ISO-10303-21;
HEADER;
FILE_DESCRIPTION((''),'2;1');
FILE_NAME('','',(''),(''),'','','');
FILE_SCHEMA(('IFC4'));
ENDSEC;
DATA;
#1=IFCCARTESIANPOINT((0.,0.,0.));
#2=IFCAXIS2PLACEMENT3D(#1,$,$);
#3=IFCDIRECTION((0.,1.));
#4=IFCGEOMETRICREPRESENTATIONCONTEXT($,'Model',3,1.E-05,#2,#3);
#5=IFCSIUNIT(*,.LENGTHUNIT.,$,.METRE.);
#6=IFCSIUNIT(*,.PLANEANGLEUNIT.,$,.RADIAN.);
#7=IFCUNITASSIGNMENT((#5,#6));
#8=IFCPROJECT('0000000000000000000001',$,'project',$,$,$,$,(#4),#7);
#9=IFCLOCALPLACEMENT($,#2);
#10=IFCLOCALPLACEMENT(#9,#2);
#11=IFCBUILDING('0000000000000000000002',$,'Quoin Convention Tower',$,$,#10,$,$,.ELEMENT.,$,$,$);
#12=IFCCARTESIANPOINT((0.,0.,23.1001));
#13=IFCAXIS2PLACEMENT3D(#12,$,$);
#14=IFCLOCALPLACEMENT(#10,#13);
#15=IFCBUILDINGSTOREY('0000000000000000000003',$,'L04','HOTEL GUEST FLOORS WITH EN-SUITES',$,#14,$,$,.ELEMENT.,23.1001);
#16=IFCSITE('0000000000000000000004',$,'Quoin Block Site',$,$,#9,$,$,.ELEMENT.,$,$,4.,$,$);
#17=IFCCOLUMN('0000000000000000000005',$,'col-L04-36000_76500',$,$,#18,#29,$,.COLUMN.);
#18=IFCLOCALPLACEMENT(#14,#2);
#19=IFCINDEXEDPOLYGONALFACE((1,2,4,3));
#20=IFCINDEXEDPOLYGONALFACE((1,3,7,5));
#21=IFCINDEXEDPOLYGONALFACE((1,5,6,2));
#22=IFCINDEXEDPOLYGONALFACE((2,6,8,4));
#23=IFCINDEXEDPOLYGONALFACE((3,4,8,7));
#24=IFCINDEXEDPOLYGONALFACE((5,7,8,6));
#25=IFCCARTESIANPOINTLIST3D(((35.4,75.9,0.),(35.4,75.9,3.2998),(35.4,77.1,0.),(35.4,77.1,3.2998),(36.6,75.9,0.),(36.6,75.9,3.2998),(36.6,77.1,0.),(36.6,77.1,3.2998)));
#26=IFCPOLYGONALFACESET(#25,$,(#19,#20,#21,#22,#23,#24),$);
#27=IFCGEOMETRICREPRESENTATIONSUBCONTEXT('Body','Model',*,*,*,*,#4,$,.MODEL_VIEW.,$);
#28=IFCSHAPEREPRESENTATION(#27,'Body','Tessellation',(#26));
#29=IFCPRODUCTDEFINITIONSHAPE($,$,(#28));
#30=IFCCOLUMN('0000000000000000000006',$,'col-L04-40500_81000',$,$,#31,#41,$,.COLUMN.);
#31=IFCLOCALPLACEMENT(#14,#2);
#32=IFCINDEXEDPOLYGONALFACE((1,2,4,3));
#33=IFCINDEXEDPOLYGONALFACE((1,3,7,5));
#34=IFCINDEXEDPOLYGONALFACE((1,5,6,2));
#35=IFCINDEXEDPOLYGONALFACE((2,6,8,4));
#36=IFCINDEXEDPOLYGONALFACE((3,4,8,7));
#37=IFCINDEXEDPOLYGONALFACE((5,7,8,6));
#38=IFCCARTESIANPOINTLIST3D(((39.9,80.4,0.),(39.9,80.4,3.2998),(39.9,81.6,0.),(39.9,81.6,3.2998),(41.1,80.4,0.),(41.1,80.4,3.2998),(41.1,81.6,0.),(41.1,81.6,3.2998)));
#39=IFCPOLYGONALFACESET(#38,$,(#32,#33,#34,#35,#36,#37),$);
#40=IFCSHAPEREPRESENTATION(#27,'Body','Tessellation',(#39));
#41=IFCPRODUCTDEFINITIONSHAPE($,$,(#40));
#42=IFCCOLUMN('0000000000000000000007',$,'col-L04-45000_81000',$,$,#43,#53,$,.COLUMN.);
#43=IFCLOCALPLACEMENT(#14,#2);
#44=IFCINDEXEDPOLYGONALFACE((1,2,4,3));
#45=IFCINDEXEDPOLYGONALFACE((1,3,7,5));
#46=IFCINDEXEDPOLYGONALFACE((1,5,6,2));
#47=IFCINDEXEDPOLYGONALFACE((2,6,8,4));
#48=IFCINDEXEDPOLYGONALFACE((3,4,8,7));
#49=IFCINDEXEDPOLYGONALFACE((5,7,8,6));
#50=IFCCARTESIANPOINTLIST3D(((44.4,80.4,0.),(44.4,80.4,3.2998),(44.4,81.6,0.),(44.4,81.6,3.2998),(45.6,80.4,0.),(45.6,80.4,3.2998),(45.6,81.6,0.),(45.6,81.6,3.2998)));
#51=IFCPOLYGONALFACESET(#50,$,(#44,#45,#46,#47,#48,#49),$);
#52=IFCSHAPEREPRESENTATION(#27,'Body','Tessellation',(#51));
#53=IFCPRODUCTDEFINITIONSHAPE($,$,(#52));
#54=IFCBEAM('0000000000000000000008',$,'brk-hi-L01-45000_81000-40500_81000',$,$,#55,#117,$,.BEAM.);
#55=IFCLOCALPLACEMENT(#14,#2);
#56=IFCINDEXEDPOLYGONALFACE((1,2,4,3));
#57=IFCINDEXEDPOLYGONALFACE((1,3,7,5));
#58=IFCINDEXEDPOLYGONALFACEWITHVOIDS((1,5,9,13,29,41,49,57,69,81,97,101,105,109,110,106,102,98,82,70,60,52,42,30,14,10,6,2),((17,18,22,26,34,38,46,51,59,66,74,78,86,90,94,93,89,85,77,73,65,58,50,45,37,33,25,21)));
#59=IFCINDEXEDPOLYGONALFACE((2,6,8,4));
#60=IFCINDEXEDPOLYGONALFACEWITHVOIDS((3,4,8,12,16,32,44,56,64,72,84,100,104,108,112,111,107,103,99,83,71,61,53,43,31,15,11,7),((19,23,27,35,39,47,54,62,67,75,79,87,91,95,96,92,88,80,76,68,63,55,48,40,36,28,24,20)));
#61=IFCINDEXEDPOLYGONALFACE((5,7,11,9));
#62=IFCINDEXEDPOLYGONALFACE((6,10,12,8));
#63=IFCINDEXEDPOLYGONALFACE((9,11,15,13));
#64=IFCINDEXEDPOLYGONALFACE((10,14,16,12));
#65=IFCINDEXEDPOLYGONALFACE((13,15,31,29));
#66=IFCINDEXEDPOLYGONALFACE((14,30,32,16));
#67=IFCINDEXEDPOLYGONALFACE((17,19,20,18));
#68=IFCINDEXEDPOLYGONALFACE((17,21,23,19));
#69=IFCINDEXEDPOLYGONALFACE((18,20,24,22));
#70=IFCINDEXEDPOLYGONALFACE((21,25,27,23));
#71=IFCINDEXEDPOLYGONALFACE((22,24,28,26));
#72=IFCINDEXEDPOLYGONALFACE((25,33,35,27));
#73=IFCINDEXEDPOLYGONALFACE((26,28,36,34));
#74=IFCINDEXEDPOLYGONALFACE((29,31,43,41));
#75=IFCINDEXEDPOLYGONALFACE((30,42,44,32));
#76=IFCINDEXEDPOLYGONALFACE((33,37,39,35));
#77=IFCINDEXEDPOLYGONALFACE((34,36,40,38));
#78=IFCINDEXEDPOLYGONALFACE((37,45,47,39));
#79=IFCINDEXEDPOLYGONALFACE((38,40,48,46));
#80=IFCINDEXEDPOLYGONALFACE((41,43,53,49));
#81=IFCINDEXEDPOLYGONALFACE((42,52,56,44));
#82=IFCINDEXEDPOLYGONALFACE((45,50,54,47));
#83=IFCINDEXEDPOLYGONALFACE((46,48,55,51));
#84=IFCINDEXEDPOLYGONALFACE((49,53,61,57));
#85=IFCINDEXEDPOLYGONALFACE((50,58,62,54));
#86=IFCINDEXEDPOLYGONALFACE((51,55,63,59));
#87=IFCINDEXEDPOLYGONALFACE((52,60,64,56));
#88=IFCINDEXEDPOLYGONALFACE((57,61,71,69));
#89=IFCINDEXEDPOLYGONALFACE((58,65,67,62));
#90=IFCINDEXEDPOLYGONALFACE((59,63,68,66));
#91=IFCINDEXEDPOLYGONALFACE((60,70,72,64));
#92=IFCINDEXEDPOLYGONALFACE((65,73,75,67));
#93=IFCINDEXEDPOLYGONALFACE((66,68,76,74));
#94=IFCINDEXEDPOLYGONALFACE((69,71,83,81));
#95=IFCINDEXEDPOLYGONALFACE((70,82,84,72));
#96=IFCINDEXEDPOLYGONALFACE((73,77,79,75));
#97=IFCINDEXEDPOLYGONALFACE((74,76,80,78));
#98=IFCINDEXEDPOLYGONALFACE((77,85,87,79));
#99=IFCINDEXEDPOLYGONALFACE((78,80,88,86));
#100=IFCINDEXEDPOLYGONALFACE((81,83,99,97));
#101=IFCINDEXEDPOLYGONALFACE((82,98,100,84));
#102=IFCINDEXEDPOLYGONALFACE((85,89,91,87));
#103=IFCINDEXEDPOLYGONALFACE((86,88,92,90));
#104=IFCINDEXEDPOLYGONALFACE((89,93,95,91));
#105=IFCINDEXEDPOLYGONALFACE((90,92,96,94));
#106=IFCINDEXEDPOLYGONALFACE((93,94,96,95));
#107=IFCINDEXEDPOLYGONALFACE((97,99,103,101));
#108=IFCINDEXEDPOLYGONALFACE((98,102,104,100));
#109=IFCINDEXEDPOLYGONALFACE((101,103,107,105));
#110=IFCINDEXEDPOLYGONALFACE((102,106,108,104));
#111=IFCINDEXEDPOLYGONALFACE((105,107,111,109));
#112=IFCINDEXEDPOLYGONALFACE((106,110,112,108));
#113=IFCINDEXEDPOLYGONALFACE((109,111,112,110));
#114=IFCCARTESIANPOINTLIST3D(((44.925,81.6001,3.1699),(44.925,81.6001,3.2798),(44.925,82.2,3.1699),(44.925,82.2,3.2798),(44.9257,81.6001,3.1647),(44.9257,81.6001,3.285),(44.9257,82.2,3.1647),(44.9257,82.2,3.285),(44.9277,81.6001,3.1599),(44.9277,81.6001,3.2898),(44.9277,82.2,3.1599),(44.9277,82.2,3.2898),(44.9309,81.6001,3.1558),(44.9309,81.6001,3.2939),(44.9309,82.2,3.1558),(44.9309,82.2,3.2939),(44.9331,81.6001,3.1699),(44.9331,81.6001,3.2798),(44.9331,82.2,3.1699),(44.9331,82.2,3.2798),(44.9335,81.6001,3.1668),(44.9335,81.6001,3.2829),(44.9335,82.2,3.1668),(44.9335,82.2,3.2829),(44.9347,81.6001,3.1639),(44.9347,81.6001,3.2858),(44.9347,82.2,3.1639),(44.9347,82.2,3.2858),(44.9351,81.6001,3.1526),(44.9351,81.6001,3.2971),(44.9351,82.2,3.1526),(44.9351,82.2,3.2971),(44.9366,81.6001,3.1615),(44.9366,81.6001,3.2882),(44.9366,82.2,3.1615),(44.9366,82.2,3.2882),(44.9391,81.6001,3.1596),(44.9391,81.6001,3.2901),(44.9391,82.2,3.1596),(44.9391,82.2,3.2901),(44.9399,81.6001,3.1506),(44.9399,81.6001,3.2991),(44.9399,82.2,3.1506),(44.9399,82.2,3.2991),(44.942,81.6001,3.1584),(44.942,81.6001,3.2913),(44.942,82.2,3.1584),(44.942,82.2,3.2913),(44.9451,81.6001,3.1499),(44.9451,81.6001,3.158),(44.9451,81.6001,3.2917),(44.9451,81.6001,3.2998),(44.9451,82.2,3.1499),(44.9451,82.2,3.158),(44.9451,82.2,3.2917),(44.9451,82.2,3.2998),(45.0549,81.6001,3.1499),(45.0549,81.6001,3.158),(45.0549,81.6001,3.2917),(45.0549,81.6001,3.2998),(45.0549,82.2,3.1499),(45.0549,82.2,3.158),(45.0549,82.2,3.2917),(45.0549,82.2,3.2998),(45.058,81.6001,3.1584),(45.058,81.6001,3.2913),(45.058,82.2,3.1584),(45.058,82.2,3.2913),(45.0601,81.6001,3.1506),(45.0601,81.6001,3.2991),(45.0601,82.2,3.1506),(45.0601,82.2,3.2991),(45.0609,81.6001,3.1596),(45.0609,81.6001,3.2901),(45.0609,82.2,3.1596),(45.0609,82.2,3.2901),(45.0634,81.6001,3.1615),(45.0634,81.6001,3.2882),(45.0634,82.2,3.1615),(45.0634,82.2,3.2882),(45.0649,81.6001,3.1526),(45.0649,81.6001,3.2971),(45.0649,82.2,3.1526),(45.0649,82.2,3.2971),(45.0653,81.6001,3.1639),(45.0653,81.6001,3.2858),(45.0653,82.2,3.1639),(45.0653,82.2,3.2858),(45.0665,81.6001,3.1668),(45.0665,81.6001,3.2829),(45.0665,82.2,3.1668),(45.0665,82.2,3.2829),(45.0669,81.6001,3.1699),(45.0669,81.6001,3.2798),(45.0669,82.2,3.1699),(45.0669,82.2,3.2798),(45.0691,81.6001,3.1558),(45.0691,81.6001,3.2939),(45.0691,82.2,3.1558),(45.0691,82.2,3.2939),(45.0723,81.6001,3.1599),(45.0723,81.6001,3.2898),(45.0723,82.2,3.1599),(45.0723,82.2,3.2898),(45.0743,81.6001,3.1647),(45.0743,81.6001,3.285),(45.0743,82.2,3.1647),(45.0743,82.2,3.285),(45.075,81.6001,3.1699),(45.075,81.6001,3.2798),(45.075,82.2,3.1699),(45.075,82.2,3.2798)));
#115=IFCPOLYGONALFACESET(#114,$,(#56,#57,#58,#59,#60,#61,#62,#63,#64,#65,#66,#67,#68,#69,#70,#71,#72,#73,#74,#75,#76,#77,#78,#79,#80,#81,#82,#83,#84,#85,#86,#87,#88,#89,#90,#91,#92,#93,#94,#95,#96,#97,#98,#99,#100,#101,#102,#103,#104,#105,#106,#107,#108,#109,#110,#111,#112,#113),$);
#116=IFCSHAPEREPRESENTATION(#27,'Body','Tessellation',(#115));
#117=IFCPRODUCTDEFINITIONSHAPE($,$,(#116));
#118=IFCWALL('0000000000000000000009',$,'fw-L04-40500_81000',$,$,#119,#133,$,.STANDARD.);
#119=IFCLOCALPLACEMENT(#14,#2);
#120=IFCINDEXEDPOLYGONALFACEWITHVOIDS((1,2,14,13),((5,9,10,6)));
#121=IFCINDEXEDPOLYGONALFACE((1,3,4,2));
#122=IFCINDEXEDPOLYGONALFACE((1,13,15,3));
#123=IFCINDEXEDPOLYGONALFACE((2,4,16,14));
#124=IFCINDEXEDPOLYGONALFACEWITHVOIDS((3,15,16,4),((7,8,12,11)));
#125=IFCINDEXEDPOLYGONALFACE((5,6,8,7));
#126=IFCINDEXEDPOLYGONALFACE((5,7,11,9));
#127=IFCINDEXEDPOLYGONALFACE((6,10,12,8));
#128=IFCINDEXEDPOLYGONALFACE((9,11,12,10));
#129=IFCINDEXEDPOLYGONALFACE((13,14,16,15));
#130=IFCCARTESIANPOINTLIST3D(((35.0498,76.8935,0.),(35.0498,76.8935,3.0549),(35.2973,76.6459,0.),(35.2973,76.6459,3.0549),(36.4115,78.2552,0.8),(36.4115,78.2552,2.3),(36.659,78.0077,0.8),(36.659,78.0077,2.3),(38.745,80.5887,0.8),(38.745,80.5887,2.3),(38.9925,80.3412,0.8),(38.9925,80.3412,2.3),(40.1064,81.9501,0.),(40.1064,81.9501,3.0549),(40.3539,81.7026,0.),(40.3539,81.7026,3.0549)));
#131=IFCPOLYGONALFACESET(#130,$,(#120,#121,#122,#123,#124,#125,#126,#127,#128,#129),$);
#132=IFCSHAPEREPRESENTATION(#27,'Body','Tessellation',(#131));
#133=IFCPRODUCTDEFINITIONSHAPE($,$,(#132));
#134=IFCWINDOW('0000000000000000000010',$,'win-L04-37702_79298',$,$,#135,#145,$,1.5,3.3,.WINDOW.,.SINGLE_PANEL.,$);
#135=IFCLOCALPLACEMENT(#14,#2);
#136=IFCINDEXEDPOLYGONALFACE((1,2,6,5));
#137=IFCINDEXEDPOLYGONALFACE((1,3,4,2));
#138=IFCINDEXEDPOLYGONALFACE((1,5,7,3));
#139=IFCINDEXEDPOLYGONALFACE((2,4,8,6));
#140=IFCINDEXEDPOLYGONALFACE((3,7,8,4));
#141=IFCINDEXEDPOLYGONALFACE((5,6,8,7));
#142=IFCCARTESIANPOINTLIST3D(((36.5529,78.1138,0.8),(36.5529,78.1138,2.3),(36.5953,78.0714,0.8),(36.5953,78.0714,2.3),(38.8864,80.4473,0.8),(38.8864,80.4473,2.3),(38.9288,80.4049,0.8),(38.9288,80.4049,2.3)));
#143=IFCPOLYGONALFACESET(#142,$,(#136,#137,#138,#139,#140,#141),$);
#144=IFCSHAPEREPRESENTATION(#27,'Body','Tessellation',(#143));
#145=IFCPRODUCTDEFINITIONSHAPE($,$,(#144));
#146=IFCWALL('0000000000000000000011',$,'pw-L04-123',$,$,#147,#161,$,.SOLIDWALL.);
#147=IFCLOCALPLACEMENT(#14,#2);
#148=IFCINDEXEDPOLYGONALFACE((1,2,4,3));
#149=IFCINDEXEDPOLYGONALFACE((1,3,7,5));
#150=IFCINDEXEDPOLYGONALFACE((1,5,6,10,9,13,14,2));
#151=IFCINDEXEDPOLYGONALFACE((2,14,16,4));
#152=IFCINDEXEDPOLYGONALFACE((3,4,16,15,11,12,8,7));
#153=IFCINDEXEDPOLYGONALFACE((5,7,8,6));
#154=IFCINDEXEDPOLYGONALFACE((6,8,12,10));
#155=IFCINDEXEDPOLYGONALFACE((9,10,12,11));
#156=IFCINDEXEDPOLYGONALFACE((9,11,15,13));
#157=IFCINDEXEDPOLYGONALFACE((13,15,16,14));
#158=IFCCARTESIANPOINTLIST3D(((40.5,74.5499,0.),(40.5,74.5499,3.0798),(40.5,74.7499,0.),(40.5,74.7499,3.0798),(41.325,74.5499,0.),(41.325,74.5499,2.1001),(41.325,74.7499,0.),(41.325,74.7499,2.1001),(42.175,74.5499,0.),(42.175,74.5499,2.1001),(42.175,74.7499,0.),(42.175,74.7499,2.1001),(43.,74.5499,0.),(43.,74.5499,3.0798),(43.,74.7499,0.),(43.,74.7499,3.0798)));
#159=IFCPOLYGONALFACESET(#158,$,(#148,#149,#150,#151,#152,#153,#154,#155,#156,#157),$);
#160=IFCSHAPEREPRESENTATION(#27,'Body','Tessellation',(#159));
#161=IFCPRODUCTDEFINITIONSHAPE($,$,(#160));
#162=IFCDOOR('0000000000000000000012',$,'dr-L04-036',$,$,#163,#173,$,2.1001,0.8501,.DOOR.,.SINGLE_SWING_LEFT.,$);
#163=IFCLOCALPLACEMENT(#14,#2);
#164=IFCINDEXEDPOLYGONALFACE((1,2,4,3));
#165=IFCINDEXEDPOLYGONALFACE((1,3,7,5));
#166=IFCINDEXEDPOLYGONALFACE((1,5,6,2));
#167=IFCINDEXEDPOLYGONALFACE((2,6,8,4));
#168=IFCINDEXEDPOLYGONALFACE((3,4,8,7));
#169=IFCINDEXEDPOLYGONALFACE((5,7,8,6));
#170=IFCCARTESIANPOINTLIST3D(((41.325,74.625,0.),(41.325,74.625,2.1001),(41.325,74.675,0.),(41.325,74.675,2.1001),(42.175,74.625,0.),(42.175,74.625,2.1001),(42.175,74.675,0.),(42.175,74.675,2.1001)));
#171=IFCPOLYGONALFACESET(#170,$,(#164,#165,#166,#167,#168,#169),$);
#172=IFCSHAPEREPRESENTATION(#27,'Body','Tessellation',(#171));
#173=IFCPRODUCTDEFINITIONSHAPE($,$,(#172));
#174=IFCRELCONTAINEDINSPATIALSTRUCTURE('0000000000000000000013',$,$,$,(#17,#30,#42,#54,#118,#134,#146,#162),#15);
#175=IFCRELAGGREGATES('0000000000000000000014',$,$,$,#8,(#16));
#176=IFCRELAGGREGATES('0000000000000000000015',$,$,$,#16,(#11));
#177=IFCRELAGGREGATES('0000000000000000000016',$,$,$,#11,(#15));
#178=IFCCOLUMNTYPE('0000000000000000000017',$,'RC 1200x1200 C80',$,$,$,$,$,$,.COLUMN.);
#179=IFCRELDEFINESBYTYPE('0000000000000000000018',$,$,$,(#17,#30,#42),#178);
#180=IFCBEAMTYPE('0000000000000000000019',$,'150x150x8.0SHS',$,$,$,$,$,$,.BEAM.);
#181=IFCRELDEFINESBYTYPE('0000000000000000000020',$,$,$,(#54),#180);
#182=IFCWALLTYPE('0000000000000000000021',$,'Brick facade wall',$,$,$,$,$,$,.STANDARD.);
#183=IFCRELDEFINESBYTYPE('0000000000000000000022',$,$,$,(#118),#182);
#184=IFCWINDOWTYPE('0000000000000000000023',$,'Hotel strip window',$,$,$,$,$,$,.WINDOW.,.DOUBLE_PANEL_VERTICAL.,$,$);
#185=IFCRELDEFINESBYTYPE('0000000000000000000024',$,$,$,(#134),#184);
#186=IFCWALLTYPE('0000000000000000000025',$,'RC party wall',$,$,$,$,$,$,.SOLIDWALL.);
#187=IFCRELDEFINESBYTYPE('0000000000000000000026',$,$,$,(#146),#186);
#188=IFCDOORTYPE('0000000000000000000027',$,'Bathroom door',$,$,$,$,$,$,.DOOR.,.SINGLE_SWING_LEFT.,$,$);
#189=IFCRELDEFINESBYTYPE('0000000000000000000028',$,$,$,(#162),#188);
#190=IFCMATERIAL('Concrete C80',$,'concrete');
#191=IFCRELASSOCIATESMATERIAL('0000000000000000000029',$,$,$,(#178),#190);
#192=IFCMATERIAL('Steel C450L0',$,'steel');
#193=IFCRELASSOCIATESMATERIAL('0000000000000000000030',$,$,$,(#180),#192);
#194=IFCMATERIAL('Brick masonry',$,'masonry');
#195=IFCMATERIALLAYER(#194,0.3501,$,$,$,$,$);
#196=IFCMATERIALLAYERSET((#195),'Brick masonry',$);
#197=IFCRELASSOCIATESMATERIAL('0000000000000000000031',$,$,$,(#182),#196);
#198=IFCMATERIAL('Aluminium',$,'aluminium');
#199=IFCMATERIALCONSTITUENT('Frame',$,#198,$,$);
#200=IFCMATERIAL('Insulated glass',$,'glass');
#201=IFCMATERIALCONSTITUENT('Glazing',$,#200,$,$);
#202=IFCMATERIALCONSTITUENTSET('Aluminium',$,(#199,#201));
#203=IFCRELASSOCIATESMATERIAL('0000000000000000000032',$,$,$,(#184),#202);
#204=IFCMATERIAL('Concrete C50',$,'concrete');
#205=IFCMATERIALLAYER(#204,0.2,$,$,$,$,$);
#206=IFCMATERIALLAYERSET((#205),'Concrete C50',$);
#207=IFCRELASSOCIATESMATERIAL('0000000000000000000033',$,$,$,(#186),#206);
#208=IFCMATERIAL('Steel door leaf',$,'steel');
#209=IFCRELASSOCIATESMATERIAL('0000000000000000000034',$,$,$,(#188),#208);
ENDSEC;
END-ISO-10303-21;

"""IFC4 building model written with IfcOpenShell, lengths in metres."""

from ifc_helpers import new_model, si_unit, direction, frame, frame_2d, origin, origin_2d, place, context, subcontext, project, spatial, rectangle, hollow_rectangle, extrude, material, layer, layer_set, constituent, constituent_set, material_profile, profile_set, type_object, element, fill, save


model = new_model("IFC4")

# Units and contexts
model_context = context("Model", 3, precision=1e-05, world=origin(), true_north=direction((0.0, 1.0)))
body_context = subcontext(model_context, "Body", "Model", "MODEL_VIEW")
ifc_project = project(units=[si_unit("LENGTHUNIT", "METRE"), si_unit("PLANEANGLEUNIT", "RADIAN")], contexts=[model_context])

# Site, building, storey
site_placement = place(None, origin())
site = spatial("IfcSite", under=ifc_project, at=site_placement, Name="Quoin Block Site", CompositionType="ELEMENT", RefElevation=4.0)
building_placement = place(site_placement, origin())
building = spatial("IfcBuilding", under=site, at=building_placement, Name="Quoin Convention Tower", CompositionType="ELEMENT")
storey_placement = place(building_placement, frame((0.0, 0.0, 23.1001)))
storey = spatial("IfcBuildingStorey", under=building, at=storey_placement, Name="L04", Description="HOTEL GUEST FLOORS WITH EN-SUITES", CompositionType="ELEMENT", Elevation=23.1001)

# Columns
ifc_material_1 = material(Name="Concrete C80", Category="concrete")
ifc_material_profile_1 = material_profile(ifc_material_1, rectangle(XDim=1.2, YDim=1.2, at=origin_2d()), Name="RC 1200x1200")
ifc_profile_set_1 = profile_set([ifc_material_profile_1], Name="Concrete C80")
column_type = type_object("IfcColumnType", Name="RC 1200x1200 C80", PredefinedType="COLUMN", material=ifc_profile_set_1)
for number, where, z_axis, x_axis, name in (
    (1, (36.0, 76.5, 0.0), (0.0, 0.0, 1.0), (1.0, 0.0, 0.0), "col-L04-36000_76500"),
    (2, (40.5, 81.0, 0.0), (0.0, 0.0, 1.0), (1.0, 0.0, 0.0), "col-L04-40500_81000"),
    (3, (45.0, 81.0, 0.0), (0.0, 0.0, 1.0), (1.0, 0.0, 0.0), "col-L04-45000_81000"),
):
    element("IfcColumn", number, at=place(storey_placement, frame(where, z_axis=z_axis, x_axis=x_axis)), inside=storey, type_object=column_type, Name=name, PredefinedType="COLUMN", context=body_context, shape_type="SweptSolid", body=[
        extrude(rectangle(XDim=1.2, YDim=1.2, at=origin_2d()), origin(), (0.0, 0.0, 1.0), 3.2998),
    ])

# Beam
ifc_material_2 = material(Name="Steel C450L0", Category="steel")
ifc_material_profile_2 = material_profile(ifc_material_2, hollow_rectangle(XDim=0.1499, YDim=0.1499, WallThickness=0.0081, InnerFilletRadius=0.012, OuterFilletRadius=0.02, at=origin_2d()), Name="150x150x8.0SHS")
ifc_profile_set_2 = profile_set([ifc_material_profile_2], Name="Steel C450L0")
beam_type = type_object("IfcBeamType", Name="150x150x8.0SHS", PredefinedType="BEAM", material=ifc_profile_set_2)
beam_placement = place(storey_placement, frame((45.0, 81.6001, 3.2249), z_axis=(0.0, 1.0, 0.0), x_axis=(-1.0, 0.0, 0.0)))
element("IfcBeam", 4, at=beam_placement, inside=storey, type_object=beam_type, Name="brk-hi-L01-45000_81000-40500_81000", PredefinedType="BEAM", context=body_context, shape_type="SweptSolid", body=[
    extrude(hollow_rectangle(XDim=0.1499, YDim=0.1499, WallThickness=0.0081, InnerFilletRadius=0.012, OuterFilletRadius=0.02, at=origin_2d()), origin(), (0.0, 0.0, 1.0), 0.5999),
])

# Wall, opening, window
ifc_material_3 = material(Name="Brick masonry", Category="masonry")
ifc_layer_1 = layer(ifc_material_3, 0.3501)
ifc_layer_set_1 = layer_set([ifc_layer_1], Name="Brick masonry")
wall_type_1 = type_object("IfcWallType", Name="Brick facade wall", PredefinedType="STANDARD", material=ifc_layer_set_1)
wall_1_placement = place(storey_placement, frame((40.2302, 81.8264, 0.0), z_axis=(0.0, 0.0, 1.0), x_axis=(-0.707107, -0.707107, 0.0)))
wall_1 = element("IfcWall", 5, at=wall_1_placement, inside=storey, type_object=wall_type_1, Name="fw-L04-40500_81000", PredefinedType="STANDARD", context=body_context, shape_type="SweptSolid", body=[
    extrude(rectangle(XDim=7.1511, YDim=0.3501, at=frame_2d((3.5757, 0.0))), origin(), (0.0, 0.0, 1.0), 3.0549),
])
opening_1_placement = place(wall_1_placement, frame((1.9255, 0.0, 0.8)))
opening_1 = element("IfcOpeningElement", 6, at=opening_1_placement, cuts=wall_1, PredefinedType="OPENING", context=body_context, shape_type="SweptSolid", body=[
    extrude(rectangle(XDim=3.3, YDim=1.5, at=frame_2d((1.6499, 0.75))), frame((0.0, 0.1851, 0.0), z_axis=(0.0, -1.0, 0.0), x_axis=(1.0, 0.0, 0.0)), (0.0, 0.0, 1.0), 0.3701),
])
ifc_material_4 = material(Name="Aluminium", Category="aluminium")
ifc_constituent_1 = constituent(ifc_material_4, Name="Frame")
ifc_material_5 = material(Name="Insulated glass", Category="glass")
ifc_constituent_2 = constituent(ifc_material_5, Name="Glazing")
ifc_constituent_set = constituent_set(constituents=[ifc_constituent_1, ifc_constituent_2], Name="Aluminium")
window_type = type_object("IfcWindowType", Name="Hotel strip window", PartitioningType="DOUBLE_PANEL_VERTICAL", PredefinedType="WINDOW", material=ifc_constituent_set)
window_placement = place(opening_1_placement, origin())
window = element("IfcWindow", 7, at=window_placement, inside=storey, type_object=window_type, Name="win-L04-37702_79298", OverallHeight=1.5, OverallWidth=3.3, PartitioningType="SINGLE_PANEL", PredefinedType="WINDOW", context=body_context, shape_type="SweptSolid", body=[
    extrude(rectangle(XDim=3.3, YDim=1.5, at=frame_2d((1.6499, 0.75))), frame((0.0, 0.085, 0.0), z_axis=(0.0, -1.0, 0.0), x_axis=(1.0, 0.0, 0.0)), (0.0, 0.0, 1.0), 0.0601),
])
fill(opening_1, window)

# Wall, opening, door
ifc_material_6 = material(Name="Concrete C50", Category="concrete")
ifc_layer_2 = layer(ifc_material_6, 0.2)
ifc_layer_set_2 = layer_set([ifc_layer_2], Name="Concrete C50")
wall_type_2 = type_object("IfcWallType", Name="RC party wall", PredefinedType="SOLIDWALL", material=ifc_layer_set_2)
wall_2_placement = place(storey_placement, frame((40.5, 74.6499, 0.0), z_axis=(0.0, 0.0, 1.0), x_axis=(1.0, 0.0, 0.0)))
wall_2 = element("IfcWall", 8, at=wall_2_placement, inside=storey, type_object=wall_type_2, Name="pw-L04-123", PredefinedType="SOLIDWALL", context=body_context, shape_type="SweptSolid", body=[
    extrude(rectangle(XDim=2.5, YDim=0.2, at=frame_2d((1.25, 0.0))), origin(), (0.0, 0.0, 1.0), 3.0798),
])
opening_2_placement = place(wall_2_placement, frame((0.825, 0.0, 0.0)))
opening_2 = element("IfcOpeningElement", 9, at=opening_2_placement, cuts=wall_2, PredefinedType="OPENING", context=body_context, shape_type="SweptSolid", body=[
    extrude(rectangle(XDim=0.8501, YDim=2.1001, at=frame_2d((0.425, 1.05))), frame((0.0, 0.1099, 0.0), z_axis=(0.0, -1.0, 0.0), x_axis=(1.0, 0.0, 0.0)), (0.0, 0.0, 1.0), 0.22),
])
ifc_material_7 = material(Name="Steel door leaf", Category="steel")
door_type = type_object("IfcDoorType", Name="Bathroom door", OperationType="SINGLE_SWING_LEFT", PredefinedType="DOOR", material=ifc_material_7)
door_1_placement = place(opening_2_placement, frame((0.8501, 0.0, 0.0), z_axis=(0.0, 0.0, 1.0), x_axis=(-1.0, 0.0, 0.0)))
door_1 = element("IfcDoor", 10, at=door_1_placement, inside=storey, type_object=door_type, Name="dr-L04-036", OperationType="SINGLE_SWING_LEFT", OverallHeight=2.1001, OverallWidth=0.8501, PredefinedType="DOOR", context=body_context, shape_type="SweptSolid", body=[
    extrude(rectangle(XDim=0.8501, YDim=2.1001, at=frame_2d((0.425, 1.05))), frame((0.0, 0.0249, 0.0), z_axis=(0.0, -1.0, 0.0), x_axis=(1.0, 0.0, 0.0)), (0.0, 0.0, 1.0), 0.05),
])
fill(opening_2, door_1)

save(model, "model.ifc")
